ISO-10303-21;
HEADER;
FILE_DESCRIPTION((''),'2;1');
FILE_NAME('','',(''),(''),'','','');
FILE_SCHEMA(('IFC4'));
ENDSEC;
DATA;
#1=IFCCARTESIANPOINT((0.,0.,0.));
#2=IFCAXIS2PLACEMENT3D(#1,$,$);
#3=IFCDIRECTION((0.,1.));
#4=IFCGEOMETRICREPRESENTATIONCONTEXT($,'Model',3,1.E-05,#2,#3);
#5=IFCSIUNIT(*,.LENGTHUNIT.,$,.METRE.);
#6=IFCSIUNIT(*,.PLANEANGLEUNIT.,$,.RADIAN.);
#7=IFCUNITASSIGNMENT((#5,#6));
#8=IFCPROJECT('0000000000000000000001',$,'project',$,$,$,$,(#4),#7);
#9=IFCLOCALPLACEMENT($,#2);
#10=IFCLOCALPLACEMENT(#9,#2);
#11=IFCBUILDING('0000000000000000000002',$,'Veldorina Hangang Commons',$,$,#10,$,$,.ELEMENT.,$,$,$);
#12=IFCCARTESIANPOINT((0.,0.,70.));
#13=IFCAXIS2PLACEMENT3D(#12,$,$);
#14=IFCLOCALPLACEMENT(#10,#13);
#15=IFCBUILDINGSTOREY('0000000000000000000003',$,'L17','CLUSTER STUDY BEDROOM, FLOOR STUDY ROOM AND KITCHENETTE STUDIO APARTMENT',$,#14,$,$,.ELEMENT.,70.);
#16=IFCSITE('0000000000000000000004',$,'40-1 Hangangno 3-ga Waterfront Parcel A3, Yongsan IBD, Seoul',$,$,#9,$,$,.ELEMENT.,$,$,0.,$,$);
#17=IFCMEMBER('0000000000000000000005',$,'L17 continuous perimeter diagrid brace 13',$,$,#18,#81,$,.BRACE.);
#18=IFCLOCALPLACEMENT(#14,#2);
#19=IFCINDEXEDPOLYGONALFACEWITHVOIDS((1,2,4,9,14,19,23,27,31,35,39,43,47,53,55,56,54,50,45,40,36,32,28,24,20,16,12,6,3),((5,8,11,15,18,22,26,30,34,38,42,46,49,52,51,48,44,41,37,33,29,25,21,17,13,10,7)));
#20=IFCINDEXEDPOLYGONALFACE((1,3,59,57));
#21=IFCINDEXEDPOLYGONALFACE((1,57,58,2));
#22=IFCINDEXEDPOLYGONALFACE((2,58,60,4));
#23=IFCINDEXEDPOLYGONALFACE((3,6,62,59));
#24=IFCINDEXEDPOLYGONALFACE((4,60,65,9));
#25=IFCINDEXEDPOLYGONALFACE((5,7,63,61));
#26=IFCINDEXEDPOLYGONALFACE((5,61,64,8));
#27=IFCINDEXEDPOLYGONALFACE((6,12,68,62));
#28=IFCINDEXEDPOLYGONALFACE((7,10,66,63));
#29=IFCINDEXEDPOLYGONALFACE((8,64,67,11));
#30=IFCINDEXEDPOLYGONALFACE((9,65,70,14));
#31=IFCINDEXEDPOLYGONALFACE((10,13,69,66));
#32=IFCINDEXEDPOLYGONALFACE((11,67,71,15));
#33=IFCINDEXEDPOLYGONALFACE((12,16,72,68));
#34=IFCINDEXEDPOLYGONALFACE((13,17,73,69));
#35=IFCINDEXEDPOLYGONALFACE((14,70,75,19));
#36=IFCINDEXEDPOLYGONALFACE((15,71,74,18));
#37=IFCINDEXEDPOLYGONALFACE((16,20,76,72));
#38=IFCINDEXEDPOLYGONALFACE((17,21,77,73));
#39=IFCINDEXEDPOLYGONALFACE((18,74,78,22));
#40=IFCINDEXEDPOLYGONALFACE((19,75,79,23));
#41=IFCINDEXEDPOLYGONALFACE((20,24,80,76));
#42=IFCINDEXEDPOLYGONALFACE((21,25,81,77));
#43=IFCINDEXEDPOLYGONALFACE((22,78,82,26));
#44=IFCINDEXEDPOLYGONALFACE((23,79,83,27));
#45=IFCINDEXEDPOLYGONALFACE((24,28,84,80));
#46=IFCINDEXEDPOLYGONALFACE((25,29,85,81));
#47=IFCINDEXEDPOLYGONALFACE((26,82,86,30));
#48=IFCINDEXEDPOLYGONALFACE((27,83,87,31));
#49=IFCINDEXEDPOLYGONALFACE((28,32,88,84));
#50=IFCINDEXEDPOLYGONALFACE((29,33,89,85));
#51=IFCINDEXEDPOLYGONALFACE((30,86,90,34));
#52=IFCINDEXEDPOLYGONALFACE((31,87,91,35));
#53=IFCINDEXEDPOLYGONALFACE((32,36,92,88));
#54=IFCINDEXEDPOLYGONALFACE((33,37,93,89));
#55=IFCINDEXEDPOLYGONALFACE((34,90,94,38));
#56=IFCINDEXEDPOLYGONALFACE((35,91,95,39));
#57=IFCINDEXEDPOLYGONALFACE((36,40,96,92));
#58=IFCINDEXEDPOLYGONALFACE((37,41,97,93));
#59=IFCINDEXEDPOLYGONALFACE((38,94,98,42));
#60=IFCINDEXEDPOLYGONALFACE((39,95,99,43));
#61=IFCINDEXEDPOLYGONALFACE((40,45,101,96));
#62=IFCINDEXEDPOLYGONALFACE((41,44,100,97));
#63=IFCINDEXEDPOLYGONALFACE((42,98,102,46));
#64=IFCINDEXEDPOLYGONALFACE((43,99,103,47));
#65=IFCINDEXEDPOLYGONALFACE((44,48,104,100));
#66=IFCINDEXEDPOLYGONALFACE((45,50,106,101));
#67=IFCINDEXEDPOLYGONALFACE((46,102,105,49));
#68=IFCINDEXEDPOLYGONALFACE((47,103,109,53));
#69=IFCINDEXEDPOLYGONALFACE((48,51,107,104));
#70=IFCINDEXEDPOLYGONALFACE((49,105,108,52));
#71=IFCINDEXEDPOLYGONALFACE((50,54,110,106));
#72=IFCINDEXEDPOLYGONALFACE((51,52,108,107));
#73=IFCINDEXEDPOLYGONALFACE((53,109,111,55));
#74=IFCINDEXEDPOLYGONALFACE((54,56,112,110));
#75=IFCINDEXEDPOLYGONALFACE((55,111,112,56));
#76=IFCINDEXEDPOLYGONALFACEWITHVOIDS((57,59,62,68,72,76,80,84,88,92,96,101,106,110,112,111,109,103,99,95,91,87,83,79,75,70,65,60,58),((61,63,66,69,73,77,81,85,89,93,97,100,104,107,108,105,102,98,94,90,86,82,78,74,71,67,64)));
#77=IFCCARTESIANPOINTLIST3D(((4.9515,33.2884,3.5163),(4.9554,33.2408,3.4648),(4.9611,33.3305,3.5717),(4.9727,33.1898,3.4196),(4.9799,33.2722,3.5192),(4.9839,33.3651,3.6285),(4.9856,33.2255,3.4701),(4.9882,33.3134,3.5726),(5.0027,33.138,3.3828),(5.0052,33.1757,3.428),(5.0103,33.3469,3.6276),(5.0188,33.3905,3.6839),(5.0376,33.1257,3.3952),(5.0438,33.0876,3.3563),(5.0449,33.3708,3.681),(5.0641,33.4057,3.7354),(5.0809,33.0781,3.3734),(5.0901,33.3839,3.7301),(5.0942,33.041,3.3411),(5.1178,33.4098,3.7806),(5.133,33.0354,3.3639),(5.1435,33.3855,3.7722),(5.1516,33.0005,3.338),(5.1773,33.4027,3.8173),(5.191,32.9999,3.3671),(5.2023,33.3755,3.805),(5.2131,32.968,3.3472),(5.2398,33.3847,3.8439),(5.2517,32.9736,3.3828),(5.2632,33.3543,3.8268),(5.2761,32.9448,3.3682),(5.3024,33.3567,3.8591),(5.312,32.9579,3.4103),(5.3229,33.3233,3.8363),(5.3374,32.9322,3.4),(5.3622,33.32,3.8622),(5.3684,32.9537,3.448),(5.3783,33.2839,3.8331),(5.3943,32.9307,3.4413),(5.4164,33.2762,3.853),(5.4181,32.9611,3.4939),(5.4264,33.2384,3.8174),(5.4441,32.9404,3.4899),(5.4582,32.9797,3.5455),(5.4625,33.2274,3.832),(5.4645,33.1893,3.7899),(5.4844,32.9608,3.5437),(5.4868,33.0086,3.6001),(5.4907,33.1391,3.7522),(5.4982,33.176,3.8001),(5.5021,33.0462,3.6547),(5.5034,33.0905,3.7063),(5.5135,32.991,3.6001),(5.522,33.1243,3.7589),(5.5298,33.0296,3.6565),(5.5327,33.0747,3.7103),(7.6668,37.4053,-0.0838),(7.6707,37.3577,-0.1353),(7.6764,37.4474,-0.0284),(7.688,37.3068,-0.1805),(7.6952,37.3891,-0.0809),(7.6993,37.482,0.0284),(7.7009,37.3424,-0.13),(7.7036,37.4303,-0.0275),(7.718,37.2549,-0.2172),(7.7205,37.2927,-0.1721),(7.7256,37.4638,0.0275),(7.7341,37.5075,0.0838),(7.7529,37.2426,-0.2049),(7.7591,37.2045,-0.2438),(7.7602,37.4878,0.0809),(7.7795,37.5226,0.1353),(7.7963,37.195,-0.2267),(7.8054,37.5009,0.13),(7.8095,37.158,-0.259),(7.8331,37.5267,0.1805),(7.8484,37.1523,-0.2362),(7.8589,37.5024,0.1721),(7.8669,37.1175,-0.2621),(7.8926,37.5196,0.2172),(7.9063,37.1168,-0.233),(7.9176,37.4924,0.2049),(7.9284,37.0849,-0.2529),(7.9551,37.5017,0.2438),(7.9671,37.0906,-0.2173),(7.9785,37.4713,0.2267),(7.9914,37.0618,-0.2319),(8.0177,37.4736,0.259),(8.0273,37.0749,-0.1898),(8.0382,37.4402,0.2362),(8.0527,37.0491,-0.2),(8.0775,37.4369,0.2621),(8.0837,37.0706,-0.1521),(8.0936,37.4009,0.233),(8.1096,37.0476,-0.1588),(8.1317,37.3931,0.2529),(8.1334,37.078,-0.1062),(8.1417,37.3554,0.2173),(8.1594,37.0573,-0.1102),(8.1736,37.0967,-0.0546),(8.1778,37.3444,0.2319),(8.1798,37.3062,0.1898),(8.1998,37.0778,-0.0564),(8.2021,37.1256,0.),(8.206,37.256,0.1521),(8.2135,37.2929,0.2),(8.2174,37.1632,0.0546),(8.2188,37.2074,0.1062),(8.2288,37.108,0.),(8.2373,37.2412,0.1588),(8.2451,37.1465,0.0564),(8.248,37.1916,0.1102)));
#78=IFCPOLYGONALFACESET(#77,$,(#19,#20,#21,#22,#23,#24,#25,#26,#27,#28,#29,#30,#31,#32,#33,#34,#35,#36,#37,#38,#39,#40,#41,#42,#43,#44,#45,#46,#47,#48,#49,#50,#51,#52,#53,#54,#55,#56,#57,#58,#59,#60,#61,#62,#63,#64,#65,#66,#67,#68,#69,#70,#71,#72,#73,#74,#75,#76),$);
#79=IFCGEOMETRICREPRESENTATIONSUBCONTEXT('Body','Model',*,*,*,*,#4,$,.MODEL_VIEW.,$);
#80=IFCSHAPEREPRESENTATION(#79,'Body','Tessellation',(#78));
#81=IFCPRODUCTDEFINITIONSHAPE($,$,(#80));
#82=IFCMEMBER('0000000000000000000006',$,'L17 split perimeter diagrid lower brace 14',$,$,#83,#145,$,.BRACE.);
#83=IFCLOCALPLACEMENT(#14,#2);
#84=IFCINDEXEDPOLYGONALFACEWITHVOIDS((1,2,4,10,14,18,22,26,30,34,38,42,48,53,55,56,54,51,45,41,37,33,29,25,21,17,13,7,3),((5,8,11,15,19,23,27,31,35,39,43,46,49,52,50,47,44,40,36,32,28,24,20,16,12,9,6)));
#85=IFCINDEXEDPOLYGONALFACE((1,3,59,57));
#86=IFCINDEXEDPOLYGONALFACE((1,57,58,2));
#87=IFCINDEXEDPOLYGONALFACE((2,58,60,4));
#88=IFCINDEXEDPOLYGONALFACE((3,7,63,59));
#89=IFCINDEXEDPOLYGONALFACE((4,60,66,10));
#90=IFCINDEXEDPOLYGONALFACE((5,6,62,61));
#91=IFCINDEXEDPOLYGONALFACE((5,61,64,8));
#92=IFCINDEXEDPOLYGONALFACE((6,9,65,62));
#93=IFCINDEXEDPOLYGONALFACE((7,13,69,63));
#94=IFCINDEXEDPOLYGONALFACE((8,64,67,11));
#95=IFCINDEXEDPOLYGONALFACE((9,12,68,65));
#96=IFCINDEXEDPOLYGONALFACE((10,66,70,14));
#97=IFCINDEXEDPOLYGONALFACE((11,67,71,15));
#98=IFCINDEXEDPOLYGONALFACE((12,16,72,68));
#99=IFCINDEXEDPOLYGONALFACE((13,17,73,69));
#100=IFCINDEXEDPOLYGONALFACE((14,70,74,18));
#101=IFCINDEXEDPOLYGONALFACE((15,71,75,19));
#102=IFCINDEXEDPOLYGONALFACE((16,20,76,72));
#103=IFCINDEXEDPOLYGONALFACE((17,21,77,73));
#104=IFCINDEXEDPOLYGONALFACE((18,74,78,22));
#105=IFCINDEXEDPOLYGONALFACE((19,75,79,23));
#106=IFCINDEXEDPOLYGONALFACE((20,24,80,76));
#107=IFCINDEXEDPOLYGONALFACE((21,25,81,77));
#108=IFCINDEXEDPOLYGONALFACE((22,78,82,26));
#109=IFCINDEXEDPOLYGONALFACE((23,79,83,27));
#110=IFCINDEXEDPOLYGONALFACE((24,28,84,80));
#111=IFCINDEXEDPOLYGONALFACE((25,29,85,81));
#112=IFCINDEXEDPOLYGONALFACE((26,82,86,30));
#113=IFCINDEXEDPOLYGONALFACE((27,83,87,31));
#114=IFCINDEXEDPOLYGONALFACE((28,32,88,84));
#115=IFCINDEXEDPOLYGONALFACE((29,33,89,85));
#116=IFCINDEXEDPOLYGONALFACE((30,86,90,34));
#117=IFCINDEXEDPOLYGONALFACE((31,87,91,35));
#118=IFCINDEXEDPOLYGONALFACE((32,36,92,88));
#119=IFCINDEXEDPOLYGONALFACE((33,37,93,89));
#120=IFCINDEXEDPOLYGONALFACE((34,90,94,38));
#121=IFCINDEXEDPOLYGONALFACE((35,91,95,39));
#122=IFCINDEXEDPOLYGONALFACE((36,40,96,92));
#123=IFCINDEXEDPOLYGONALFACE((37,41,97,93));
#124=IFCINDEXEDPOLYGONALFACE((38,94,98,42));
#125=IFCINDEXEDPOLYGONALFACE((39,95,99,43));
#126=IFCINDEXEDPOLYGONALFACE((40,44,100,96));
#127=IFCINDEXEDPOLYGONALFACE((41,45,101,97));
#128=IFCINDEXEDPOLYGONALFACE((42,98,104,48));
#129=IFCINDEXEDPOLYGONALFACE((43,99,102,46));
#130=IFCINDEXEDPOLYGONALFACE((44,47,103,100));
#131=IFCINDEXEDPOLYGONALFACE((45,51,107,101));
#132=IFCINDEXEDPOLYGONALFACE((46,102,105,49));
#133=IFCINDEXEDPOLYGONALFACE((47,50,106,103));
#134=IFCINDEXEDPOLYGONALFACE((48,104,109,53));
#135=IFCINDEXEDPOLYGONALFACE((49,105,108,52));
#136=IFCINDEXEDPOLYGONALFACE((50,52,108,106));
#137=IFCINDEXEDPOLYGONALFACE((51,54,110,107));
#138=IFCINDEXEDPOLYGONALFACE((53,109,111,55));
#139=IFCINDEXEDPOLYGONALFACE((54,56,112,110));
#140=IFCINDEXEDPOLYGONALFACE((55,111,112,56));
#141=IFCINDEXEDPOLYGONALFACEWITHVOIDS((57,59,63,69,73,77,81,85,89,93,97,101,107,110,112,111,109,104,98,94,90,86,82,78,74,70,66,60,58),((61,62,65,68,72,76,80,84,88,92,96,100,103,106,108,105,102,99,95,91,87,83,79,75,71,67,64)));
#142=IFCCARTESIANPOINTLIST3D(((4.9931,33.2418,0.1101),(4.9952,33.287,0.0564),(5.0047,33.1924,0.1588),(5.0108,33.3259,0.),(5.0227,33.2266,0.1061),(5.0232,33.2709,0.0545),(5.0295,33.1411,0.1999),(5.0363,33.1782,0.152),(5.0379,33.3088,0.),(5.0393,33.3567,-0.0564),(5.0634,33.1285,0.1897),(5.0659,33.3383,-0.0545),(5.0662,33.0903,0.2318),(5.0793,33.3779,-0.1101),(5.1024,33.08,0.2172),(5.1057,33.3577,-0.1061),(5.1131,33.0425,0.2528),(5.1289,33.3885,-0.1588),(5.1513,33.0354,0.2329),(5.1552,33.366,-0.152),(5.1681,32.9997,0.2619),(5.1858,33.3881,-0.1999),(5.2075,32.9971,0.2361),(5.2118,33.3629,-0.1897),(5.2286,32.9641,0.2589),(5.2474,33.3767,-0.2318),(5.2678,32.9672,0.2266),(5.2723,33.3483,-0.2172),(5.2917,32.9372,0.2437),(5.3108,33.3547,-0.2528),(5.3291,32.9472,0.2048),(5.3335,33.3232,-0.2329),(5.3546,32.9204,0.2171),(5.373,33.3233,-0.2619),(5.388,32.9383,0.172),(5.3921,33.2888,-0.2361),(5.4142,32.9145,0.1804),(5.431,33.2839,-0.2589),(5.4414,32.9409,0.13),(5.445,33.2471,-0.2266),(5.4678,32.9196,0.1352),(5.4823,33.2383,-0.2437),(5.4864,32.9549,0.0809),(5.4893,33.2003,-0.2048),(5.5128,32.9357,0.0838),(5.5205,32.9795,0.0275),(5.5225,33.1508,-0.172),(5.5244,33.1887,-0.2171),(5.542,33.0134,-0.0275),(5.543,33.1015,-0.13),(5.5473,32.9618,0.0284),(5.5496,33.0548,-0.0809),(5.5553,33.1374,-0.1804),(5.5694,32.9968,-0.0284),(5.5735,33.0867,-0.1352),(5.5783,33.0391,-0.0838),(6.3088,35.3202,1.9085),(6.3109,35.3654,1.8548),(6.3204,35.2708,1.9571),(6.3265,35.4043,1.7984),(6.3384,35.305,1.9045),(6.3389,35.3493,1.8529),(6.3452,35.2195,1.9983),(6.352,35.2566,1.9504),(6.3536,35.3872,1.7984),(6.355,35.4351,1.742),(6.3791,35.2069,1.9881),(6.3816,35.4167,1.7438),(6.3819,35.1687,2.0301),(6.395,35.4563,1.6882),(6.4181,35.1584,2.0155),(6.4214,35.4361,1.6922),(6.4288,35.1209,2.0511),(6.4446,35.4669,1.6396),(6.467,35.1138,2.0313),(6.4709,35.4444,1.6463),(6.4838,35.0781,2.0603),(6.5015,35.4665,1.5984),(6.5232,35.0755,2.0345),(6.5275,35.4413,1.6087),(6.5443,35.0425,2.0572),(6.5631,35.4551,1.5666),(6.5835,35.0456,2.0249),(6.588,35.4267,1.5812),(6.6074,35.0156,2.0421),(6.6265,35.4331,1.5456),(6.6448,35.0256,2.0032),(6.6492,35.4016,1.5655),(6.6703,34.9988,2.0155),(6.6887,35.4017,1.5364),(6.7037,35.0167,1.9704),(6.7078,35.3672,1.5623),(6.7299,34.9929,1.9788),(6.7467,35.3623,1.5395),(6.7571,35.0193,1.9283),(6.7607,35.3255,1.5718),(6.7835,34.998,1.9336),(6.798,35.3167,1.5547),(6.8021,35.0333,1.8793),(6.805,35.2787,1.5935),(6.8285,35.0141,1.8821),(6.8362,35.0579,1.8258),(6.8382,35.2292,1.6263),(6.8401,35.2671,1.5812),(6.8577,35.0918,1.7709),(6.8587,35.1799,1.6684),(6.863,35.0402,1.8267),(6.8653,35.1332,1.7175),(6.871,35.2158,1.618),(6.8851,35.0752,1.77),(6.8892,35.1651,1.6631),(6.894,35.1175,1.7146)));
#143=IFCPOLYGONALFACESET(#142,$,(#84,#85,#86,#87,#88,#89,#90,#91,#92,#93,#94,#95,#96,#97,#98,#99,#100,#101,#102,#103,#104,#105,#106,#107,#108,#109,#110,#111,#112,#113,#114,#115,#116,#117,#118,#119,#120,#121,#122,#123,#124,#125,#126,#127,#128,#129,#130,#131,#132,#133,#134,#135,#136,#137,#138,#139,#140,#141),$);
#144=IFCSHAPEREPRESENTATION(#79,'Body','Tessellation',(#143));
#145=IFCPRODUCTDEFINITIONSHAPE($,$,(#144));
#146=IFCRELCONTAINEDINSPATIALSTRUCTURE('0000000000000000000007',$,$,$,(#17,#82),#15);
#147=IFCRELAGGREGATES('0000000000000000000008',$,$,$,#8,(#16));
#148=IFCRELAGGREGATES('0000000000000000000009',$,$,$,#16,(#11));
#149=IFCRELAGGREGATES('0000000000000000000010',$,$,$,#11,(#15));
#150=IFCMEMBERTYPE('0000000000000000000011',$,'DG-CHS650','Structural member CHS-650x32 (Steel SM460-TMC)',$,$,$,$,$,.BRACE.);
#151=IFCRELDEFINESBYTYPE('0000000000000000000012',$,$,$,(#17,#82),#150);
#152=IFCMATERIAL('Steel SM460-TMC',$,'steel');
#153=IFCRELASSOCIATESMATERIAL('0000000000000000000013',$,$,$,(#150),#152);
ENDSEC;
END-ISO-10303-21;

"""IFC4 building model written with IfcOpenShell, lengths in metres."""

from ifc_helpers import new_model, si_unit, direction, frame, origin, origin_2d, place, context, subcontext, project, spatial, hollow_circle, extrude, material, material_profile, profile_set, type_object, element, save


model = new_model("IFC4")

# Units and contexts
model_context = context("Model", 3, precision=1e-05, world=origin(), true_north=direction((0.0, 1.0)))
body_context = subcontext(model_context, "Body", "Model", "MODEL_VIEW")
ifc_project = project(units=[si_unit("LENGTHUNIT", "METRE"), si_unit("PLANEANGLEUNIT", "RADIAN")], contexts=[model_context])

# Site, building, storey
site_placement = place(None, origin())
site = spatial("IfcSite", under=ifc_project, at=site_placement, Name="40-1 Hangangno 3-ga Waterfront Parcel A3, Yongsan IBD, Seoul", CompositionType="ELEMENT", RefElevation=0.0)
building_placement = place(site_placement, origin())
building = spatial("IfcBuilding", under=site, at=building_placement, Name="Veldorina Hangang Commons", CompositionType="ELEMENT")
storey_placement = place(building_placement, frame((0.0, 0.0, 70.0)))
storey = spatial("IfcBuildingStorey", under=building, at=storey_placement, Name="L17", Description="CLUSTER STUDY BEDROOM, FLOOR STUDY ROOM AND KITCHENETTE STUDIO APARTMENT", CompositionType="ELEMENT", Elevation=70.0)

# Members
ifc_material_1 = material(Name="Steel SM460-TMC", Category="steel")
ifc_material_profile_1 = material_profile(ifc_material_1, hollow_circle(Radius=0.325, WallThickness=0.032, at=origin_2d()), Name="CHS-650x32")
ifc_profile_set_1 = profile_set([ifc_material_profile_1], Name="Steel SM460-TMC")
member_type = type_object("IfcMemberType", Name="DG-CHS650", Description="Structural member CHS-650x32 (Steel SM460-TMC)", PredefinedType="BRACE", material=ifc_profile_set_1)
member_1_placement = place(storey_placement, frame((7.9575, 37.2869, 0.0), z_axis=(-0.444701, -0.674248, 0.589602), x_axis=(0.834782, -0.550581, 0.0)))
element("IfcMember", 1, at=member_1_placement, inside=storey, type_object=member_type, Name="L17 continuous perimeter diagrid brace 13", PredefinedType="BRACE", context=body_context, shape_type="SweptSolid", body=[
    extrude(hollow_circle(Radius=0.325, WallThickness=0.032, at=origin_2d()), origin(), (0.0, 0.0, 1.0), 6.106),
])
member_2_placement = place(storey_placement, frame((5.2854, 33.1521, 0.0), z_axis=(0.431783, 0.682088, 0.590186), x_axis=(-0.844934, 0.53487, 0.0)))
element("IfcMember", 2, at=member_2_placement, inside=storey, type_object=member_type, Name="L17 split perimeter diagrid lower brace 14", PredefinedType="BRACE", context=body_context, shape_type="SweptSolid", body=[
    extrude(hollow_circle(Radius=0.325, WallThickness=0.032, at=origin_2d()), origin(), (0.0, 0.0, 1.0), 3.0471),
])

save(model, "model.ifc")
